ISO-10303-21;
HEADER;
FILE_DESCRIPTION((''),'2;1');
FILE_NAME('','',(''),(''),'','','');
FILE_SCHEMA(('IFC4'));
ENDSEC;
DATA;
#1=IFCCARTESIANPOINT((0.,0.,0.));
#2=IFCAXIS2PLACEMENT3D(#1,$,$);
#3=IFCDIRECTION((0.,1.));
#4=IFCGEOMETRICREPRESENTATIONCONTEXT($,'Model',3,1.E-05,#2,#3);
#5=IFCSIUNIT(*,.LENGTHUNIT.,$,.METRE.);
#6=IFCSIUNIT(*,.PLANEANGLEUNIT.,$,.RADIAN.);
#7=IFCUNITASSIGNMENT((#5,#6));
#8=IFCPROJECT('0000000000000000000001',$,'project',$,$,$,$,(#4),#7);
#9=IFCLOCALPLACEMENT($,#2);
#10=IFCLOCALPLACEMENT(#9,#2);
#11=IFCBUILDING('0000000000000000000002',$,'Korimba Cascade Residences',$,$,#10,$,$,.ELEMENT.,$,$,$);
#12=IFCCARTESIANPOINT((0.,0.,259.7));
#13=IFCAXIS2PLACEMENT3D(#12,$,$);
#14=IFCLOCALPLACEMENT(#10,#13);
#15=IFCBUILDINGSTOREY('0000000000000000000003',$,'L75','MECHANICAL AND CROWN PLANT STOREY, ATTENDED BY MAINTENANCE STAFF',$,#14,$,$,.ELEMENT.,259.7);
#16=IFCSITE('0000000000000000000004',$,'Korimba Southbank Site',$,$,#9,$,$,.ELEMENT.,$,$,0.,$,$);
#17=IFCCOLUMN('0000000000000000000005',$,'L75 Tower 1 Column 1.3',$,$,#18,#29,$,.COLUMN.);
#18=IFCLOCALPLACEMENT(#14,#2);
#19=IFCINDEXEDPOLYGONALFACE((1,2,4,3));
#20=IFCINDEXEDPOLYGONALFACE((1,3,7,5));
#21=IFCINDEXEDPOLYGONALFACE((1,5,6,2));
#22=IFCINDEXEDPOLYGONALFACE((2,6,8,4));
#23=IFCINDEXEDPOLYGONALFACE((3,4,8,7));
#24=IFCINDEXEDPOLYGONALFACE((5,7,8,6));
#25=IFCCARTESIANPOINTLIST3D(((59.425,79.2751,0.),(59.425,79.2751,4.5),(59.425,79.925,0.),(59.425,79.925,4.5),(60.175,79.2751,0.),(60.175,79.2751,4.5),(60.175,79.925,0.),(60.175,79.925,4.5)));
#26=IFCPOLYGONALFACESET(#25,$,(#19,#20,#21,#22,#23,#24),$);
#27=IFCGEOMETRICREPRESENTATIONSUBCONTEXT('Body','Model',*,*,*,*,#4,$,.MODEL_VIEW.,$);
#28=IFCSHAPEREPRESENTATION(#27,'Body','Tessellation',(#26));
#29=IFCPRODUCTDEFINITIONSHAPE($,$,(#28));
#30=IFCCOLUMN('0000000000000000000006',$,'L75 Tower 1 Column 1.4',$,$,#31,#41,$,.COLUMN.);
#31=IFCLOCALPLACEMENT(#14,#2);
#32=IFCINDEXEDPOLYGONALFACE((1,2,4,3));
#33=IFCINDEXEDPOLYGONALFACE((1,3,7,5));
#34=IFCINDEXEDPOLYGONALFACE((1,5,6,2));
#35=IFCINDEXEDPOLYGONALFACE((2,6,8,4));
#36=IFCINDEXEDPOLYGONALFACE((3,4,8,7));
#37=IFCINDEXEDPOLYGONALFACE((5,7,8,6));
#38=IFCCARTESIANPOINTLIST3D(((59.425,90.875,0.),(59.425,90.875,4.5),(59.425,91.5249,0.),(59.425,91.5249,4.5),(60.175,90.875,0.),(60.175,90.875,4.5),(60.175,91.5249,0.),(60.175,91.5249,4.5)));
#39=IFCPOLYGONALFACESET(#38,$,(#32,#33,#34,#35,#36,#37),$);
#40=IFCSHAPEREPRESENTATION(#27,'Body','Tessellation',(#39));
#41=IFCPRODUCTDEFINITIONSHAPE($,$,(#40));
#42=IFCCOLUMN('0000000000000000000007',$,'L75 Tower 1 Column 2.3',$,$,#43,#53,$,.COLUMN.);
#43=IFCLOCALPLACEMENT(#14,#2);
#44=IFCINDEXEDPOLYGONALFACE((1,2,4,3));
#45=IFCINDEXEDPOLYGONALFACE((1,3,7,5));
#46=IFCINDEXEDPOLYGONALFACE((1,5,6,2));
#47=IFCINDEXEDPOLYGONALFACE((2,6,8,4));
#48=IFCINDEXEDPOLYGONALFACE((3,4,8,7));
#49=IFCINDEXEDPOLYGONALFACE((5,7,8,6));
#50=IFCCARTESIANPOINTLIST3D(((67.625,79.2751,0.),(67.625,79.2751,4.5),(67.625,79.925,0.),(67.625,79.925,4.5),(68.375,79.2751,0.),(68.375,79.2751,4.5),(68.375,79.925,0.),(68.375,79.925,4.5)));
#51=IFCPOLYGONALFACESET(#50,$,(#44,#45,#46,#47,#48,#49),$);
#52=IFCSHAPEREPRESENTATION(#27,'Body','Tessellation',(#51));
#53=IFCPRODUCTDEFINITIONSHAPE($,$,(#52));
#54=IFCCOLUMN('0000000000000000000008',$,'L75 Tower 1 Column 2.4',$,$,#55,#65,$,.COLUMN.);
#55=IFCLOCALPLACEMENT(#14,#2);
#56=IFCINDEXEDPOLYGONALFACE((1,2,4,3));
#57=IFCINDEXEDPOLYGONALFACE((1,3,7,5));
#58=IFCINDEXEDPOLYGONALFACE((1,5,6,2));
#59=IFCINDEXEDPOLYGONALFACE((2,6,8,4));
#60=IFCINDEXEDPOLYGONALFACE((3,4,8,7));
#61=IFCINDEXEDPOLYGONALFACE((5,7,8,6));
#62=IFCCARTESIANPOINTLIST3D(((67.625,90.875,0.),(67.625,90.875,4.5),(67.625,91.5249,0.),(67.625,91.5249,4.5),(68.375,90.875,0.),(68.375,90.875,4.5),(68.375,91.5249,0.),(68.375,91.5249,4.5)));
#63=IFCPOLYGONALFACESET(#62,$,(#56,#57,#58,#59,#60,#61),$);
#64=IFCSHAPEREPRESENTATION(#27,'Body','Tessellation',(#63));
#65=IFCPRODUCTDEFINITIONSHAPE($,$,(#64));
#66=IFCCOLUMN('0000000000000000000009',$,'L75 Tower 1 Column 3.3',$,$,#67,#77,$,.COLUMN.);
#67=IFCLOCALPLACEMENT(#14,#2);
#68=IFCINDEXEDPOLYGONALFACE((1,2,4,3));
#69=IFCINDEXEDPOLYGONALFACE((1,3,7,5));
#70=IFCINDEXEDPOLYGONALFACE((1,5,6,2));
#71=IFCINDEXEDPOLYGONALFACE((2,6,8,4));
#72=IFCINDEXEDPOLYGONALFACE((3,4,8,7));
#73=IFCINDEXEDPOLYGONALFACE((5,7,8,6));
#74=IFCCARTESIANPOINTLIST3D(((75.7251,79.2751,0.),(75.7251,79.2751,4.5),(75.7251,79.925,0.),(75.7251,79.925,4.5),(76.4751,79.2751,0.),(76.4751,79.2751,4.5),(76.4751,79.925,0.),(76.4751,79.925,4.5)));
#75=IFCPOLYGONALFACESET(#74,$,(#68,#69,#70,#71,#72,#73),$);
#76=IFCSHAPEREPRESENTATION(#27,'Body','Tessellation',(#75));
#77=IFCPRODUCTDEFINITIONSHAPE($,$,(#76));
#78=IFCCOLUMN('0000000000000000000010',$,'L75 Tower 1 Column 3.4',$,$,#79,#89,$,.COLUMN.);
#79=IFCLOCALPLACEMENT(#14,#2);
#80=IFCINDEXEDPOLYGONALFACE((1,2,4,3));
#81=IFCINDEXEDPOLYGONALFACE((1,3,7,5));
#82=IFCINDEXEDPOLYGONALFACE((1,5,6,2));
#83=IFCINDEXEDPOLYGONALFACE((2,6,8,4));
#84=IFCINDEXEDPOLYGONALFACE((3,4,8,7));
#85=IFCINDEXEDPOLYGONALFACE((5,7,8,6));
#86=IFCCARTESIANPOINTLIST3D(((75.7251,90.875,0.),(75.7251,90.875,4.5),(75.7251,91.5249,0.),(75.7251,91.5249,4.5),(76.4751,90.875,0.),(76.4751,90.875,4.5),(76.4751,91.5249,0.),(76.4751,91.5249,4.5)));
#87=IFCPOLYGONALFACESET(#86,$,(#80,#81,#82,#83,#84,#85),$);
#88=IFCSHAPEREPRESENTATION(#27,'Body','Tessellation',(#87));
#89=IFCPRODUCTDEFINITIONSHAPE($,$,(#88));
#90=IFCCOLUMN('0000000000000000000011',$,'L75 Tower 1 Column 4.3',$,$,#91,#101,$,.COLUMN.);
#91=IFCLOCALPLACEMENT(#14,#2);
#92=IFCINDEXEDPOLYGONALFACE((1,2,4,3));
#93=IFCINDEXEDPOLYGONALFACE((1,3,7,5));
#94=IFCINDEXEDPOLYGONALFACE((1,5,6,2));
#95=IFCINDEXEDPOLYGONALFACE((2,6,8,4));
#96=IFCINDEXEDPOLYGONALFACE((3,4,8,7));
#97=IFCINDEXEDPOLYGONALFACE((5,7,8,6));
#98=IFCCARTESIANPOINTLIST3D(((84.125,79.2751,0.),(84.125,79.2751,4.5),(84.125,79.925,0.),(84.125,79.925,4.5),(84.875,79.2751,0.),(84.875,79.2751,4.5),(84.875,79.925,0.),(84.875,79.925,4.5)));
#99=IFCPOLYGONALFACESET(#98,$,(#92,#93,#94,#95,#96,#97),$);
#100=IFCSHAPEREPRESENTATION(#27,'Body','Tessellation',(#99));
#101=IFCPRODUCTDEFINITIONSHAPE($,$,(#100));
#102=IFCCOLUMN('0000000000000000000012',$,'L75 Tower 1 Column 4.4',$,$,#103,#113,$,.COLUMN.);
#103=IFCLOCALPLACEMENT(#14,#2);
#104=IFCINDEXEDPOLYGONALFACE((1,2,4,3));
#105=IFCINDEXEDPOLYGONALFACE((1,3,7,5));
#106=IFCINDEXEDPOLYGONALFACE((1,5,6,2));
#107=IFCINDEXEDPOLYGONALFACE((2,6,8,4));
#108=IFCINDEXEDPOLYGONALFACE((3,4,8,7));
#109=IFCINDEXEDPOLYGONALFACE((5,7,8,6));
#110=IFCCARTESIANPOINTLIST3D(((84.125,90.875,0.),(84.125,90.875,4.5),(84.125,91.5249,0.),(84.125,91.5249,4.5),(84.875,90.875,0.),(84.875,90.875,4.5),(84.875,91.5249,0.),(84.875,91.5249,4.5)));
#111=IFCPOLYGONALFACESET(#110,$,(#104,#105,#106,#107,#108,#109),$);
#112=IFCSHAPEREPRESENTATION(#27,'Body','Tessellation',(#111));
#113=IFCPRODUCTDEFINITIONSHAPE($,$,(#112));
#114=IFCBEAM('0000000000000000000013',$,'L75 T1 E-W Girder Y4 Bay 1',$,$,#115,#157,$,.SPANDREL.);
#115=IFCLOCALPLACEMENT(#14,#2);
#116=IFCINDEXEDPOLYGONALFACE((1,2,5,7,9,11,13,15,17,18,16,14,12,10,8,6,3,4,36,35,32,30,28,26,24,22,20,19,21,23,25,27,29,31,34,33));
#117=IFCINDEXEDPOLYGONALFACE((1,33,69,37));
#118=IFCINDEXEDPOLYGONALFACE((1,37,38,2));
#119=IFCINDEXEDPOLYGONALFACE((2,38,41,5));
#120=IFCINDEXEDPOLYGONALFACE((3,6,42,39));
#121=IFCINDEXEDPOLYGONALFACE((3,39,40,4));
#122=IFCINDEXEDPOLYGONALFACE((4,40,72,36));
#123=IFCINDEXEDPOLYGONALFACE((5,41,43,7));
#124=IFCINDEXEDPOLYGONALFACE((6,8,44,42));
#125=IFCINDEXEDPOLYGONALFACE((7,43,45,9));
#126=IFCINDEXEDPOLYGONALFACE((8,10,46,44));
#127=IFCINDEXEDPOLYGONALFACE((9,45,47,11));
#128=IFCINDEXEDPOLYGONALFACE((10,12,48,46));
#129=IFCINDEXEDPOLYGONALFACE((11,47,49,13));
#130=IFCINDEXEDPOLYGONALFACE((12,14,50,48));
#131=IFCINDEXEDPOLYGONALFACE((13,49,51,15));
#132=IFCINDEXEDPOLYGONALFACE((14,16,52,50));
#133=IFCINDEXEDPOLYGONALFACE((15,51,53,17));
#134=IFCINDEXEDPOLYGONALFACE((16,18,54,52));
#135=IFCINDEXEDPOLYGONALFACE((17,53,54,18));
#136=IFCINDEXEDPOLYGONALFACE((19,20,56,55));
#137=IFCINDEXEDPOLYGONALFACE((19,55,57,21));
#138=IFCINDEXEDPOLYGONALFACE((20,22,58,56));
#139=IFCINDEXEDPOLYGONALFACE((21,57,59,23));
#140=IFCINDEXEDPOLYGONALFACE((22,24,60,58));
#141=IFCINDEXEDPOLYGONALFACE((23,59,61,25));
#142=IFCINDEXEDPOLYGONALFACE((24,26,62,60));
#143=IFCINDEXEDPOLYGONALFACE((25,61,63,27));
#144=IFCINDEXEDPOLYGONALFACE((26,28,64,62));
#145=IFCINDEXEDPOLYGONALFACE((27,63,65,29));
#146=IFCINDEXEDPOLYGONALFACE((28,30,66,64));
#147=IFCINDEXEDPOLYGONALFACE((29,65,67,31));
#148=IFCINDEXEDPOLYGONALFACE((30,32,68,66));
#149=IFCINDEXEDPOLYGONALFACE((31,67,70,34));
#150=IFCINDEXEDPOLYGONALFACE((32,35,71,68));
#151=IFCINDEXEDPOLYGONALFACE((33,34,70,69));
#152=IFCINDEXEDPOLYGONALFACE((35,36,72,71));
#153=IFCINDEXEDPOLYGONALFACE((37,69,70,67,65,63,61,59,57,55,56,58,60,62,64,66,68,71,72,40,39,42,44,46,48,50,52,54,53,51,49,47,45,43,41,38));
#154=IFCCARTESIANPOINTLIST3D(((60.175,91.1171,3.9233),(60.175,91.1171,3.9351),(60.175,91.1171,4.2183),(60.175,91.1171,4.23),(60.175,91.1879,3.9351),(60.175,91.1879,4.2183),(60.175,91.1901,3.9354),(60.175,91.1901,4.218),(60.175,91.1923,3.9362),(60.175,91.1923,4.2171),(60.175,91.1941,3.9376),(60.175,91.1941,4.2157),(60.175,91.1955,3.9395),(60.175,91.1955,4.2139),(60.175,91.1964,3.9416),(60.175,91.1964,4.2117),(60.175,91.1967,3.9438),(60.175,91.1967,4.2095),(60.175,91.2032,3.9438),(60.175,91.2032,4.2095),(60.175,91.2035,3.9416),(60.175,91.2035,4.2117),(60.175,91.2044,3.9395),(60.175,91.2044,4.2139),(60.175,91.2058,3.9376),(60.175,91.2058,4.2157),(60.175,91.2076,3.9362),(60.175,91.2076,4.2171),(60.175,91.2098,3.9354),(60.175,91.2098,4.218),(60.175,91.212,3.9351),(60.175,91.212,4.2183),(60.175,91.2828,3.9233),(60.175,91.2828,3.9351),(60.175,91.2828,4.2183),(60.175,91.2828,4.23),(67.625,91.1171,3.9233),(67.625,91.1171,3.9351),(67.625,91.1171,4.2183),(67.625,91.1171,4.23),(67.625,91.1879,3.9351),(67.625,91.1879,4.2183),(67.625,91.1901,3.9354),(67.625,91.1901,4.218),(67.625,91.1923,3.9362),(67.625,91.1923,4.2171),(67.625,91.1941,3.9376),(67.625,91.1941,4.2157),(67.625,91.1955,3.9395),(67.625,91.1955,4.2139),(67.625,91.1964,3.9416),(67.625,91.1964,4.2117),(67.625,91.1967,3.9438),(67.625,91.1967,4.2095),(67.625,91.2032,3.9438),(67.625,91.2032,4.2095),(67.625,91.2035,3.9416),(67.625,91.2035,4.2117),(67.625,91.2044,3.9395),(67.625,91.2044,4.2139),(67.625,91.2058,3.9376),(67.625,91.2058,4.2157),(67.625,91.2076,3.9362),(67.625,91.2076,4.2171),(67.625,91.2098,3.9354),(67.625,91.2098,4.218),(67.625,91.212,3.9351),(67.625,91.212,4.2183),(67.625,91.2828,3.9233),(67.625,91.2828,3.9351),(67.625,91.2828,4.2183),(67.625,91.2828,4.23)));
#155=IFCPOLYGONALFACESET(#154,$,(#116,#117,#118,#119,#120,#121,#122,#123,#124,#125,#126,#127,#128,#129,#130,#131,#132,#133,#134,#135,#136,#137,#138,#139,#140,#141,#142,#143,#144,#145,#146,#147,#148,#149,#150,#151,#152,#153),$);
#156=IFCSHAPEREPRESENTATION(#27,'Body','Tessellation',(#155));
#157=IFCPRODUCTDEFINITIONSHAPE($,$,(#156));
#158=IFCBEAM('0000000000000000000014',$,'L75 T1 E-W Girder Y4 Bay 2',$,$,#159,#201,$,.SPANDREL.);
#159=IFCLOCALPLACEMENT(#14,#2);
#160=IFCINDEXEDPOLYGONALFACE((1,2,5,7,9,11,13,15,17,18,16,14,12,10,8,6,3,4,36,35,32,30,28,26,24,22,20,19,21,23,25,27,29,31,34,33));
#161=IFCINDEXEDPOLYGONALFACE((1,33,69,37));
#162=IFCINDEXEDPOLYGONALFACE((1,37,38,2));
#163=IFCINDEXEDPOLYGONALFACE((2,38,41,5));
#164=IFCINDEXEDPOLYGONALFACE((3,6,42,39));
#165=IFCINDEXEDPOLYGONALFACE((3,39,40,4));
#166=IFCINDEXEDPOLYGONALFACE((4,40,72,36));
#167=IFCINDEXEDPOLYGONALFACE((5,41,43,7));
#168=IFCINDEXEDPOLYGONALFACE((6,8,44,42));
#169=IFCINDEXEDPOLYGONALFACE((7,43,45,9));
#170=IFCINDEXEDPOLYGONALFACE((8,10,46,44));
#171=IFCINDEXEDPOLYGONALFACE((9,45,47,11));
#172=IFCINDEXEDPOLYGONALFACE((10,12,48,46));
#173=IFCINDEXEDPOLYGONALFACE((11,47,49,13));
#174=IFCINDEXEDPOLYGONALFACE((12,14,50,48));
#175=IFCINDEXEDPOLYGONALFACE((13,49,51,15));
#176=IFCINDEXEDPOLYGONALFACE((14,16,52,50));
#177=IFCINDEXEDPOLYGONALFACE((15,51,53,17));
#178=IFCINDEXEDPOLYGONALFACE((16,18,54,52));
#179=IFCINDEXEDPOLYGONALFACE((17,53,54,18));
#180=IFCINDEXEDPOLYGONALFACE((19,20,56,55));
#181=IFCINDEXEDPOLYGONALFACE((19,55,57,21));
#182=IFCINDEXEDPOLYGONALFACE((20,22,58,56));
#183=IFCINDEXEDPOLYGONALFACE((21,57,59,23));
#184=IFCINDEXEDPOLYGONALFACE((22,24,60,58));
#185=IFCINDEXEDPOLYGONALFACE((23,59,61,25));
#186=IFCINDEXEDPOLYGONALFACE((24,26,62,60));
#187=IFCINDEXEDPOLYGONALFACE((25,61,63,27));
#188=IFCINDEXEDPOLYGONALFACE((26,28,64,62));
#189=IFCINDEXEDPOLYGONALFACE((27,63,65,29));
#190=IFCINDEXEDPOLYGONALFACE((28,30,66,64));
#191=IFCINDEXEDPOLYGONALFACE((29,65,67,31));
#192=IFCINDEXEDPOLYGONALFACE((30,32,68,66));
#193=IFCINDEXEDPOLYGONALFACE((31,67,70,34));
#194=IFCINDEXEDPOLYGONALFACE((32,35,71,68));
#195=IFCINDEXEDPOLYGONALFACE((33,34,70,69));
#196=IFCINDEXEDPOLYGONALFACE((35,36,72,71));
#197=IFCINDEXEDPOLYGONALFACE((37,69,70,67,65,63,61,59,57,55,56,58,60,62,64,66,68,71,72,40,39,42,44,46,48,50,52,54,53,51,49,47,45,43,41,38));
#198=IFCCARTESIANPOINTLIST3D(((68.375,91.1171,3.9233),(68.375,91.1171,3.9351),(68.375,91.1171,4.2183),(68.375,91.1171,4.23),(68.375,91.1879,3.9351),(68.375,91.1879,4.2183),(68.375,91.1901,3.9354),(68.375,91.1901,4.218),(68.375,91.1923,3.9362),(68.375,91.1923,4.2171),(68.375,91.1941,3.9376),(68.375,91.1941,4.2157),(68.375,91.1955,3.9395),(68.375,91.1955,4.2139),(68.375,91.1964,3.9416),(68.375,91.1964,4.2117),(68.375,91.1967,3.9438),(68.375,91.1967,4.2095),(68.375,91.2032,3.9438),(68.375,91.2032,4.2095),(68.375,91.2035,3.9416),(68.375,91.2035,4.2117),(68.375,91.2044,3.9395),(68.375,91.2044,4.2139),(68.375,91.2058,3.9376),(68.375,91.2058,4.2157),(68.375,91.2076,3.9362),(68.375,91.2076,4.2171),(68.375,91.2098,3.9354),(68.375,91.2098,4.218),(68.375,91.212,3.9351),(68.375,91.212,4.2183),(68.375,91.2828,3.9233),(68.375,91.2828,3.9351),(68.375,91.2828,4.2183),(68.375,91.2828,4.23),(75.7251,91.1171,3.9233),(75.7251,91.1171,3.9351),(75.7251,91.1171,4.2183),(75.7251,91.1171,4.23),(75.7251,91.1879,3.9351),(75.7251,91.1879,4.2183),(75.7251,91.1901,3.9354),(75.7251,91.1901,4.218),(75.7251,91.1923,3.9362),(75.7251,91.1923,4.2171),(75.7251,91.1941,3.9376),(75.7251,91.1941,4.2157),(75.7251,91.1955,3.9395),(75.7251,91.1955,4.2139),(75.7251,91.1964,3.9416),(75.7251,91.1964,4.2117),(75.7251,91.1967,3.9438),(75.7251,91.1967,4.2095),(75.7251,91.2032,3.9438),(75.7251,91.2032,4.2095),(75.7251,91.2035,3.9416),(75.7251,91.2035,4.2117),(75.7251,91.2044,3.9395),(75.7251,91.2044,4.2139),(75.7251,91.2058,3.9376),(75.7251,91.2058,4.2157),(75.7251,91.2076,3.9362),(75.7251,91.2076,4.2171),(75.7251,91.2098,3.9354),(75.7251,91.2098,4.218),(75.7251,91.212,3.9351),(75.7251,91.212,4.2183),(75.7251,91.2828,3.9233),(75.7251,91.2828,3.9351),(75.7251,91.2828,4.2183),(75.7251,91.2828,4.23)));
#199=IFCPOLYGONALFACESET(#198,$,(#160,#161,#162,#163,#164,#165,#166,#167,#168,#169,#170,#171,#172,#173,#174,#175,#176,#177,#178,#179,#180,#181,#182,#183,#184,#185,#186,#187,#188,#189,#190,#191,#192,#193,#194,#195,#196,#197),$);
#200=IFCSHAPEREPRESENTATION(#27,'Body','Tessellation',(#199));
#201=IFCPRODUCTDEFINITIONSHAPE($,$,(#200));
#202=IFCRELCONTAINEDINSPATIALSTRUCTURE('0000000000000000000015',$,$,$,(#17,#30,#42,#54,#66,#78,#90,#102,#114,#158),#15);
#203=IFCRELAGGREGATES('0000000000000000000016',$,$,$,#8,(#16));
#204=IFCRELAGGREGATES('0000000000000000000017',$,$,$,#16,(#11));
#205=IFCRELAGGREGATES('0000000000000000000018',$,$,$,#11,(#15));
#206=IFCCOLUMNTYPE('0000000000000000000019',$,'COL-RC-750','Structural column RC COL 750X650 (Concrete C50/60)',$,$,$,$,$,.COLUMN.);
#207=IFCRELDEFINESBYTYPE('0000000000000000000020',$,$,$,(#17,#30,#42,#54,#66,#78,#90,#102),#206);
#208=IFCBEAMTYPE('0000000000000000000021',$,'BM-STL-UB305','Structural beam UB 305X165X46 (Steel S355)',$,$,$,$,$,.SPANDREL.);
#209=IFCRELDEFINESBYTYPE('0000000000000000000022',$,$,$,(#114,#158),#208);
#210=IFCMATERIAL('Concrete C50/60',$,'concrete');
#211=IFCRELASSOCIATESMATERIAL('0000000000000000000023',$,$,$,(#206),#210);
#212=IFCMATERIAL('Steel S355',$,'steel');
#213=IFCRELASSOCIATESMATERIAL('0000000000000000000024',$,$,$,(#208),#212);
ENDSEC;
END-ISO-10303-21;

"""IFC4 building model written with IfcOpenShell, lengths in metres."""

from ifc_helpers import new_model, si_unit, direction, frame, origin, origin_2d, place, context, subcontext, project, spatial, rectangle, i_section, extrude, material, material_profile, profile_set, type_object, element, save


model = new_model("IFC4")

# Units and contexts
model_context = context("Model", 3, precision=1e-05, world=origin(), true_north=direction((0.0, 1.0)))
body_context = subcontext(model_context, "Body", "Model", "MODEL_VIEW")
ifc_project = project(units=[si_unit("LENGTHUNIT", "METRE"), si_unit("PLANEANGLEUNIT", "RADIAN")], contexts=[model_context])

# Site, building, storey
site_placement = place(None, origin())
site = spatial("IfcSite", under=ifc_project, at=site_placement, Name="Korimba Southbank Site", CompositionType="ELEMENT", RefElevation=0.0)
building_placement = place(site_placement, origin())
building = spatial("IfcBuilding", under=site, at=building_placement, Name="Korimba Cascade Residences", CompositionType="ELEMENT")
storey_placement = place(building_placement, frame((0.0, 0.0, 259.7)))
storey = spatial("IfcBuildingStorey", under=building, at=storey_placement, Name="L75", Description="MECHANICAL AND CROWN PLANT STOREY, ATTENDED BY MAINTENANCE STAFF", CompositionType="ELEMENT", Elevation=259.7)

# Columns
ifc_material_1 = material(Name="Concrete C50/60", Category="concrete")
ifc_material_profile_1 = material_profile(ifc_material_1, rectangle(XDim=0.75, YDim=0.6499, at=origin_2d()), Name="Concrete C50/60")
ifc_profile_set_1 = profile_set([ifc_material_profile_1], Name="Concrete C50/60")
column_type = type_object("IfcColumnType", Name="COL-RC-750", Description="Structural column RC COL 750X650 (Concrete C50/60)", PredefinedType="COLUMN", material=ifc_profile_set_1)
for number, where, z_axis, x_axis, name in (
    (1, (59.8, 79.6001, 0.0), (0.0, 0.0, 1.0), (1.0, 0.0, 0.0), "L75 Tower 1 Column 1.3"),
    (2, (59.8, 91.2, 0.0), (0.0, 0.0, 1.0), (1.0, 0.0, 0.0), "L75 Tower 1 Column 1.4"),
    (3, (68.0, 79.6001, 0.0), (0.0, 0.0, 1.0), (1.0, 0.0, 0.0), "L75 Tower 1 Column 2.3"),
    (4, (68.0, 91.2, 0.0), (0.0, 0.0, 1.0), (1.0, 0.0, 0.0), "L75 Tower 1 Column 2.4"),
    (5, (76.1001, 79.6001, 0.0), (0.0, 0.0, 1.0), (1.0, 0.0, 0.0), "L75 Tower 1 Column 3.3"),
    (6, (76.1001, 91.2, 0.0), (0.0, 0.0, 1.0), (1.0, 0.0, 0.0), "L75 Tower 1 Column 3.4"),
    (7, (84.5, 79.6001, 0.0), (0.0, 0.0, 1.0), (1.0, 0.0, 0.0), "L75 Tower 1 Column 4.3"),
    (8, (84.5, 91.2, 0.0), (0.0, 0.0, 1.0), (1.0, 0.0, 0.0), "L75 Tower 1 Column 4.4"),
):
    element("IfcColumn", number, at=place(storey_placement, frame(where, z_axis=z_axis, x_axis=x_axis)), inside=storey, type_object=column_type, Name=name, PredefinedType="COLUMN", context=body_context, shape_type="SweptSolid", body=[
        extrude(rectangle(XDim=0.75, YDim=0.6499, at=origin_2d()), origin(), (0.0, 0.0, 1.0), 4.5),
    ])

# Beams
ifc_material_2 = material(Name="Steel S355", Category="steel")
ifc_material_profile_2 = material_profile(ifc_material_2, i_section(OverallWidth=0.1658, OverallDepth=0.3066, WebThickness=0.0066, FlangeThickness=0.0117, FilletRadius=0.0088, at=origin_2d()), Name="Steel S355")
ifc_profile_set_2 = profile_set([ifc_material_profile_2], Name="Steel S355")
beam_type_1 = type_object("IfcBeamType", Name="BM-STL-UB305", Description="Structural beam UB 305X165X46 (Steel S355)", PredefinedType="SPANDREL", material=ifc_profile_set_2)
beam_1_placement = place(storey_placement, frame((60.175, 91.2, 4.0767), z_axis=(1.0, 0.0, 0.0), x_axis=(0.0, 1.0, 0.0)))
element("IfcBeam", 9, at=beam_1_placement, inside=storey, type_object=beam_type_1, Name="L75 T1 E-W Girder Y4 Bay 1", PredefinedType="SPANDREL", context=body_context, shape_type="SweptSolid", body=[
    extrude(i_section(OverallWidth=0.1658, OverallDepth=0.3066, WebThickness=0.0066, FlangeThickness=0.0117, FilletRadius=0.0088, at=origin_2d()), origin(), (0.0, 0.0, 1.0), 7.45),
])
beam_2_placement = place(storey_placement, frame((68.375, 91.2, 4.0767), z_axis=(1.0, 0.0, 0.0), x_axis=(0.0, 1.0, 0.0)))
element("IfcBeam", 10, at=beam_2_placement, inside=storey, type_object=beam_type_1, Name="L75 T1 E-W Girder Y4 Bay 2", PredefinedType="SPANDREL", context=body_context, shape_type="SweptSolid", body=[
    extrude(i_section(OverallWidth=0.1658, OverallDepth=0.3066, WebThickness=0.0066, FlangeThickness=0.0117, FilletRadius=0.0088, at=origin_2d()), origin(), (0.0, 0.0, 1.0), 7.3501),
])

save(model, "model.ifc")
